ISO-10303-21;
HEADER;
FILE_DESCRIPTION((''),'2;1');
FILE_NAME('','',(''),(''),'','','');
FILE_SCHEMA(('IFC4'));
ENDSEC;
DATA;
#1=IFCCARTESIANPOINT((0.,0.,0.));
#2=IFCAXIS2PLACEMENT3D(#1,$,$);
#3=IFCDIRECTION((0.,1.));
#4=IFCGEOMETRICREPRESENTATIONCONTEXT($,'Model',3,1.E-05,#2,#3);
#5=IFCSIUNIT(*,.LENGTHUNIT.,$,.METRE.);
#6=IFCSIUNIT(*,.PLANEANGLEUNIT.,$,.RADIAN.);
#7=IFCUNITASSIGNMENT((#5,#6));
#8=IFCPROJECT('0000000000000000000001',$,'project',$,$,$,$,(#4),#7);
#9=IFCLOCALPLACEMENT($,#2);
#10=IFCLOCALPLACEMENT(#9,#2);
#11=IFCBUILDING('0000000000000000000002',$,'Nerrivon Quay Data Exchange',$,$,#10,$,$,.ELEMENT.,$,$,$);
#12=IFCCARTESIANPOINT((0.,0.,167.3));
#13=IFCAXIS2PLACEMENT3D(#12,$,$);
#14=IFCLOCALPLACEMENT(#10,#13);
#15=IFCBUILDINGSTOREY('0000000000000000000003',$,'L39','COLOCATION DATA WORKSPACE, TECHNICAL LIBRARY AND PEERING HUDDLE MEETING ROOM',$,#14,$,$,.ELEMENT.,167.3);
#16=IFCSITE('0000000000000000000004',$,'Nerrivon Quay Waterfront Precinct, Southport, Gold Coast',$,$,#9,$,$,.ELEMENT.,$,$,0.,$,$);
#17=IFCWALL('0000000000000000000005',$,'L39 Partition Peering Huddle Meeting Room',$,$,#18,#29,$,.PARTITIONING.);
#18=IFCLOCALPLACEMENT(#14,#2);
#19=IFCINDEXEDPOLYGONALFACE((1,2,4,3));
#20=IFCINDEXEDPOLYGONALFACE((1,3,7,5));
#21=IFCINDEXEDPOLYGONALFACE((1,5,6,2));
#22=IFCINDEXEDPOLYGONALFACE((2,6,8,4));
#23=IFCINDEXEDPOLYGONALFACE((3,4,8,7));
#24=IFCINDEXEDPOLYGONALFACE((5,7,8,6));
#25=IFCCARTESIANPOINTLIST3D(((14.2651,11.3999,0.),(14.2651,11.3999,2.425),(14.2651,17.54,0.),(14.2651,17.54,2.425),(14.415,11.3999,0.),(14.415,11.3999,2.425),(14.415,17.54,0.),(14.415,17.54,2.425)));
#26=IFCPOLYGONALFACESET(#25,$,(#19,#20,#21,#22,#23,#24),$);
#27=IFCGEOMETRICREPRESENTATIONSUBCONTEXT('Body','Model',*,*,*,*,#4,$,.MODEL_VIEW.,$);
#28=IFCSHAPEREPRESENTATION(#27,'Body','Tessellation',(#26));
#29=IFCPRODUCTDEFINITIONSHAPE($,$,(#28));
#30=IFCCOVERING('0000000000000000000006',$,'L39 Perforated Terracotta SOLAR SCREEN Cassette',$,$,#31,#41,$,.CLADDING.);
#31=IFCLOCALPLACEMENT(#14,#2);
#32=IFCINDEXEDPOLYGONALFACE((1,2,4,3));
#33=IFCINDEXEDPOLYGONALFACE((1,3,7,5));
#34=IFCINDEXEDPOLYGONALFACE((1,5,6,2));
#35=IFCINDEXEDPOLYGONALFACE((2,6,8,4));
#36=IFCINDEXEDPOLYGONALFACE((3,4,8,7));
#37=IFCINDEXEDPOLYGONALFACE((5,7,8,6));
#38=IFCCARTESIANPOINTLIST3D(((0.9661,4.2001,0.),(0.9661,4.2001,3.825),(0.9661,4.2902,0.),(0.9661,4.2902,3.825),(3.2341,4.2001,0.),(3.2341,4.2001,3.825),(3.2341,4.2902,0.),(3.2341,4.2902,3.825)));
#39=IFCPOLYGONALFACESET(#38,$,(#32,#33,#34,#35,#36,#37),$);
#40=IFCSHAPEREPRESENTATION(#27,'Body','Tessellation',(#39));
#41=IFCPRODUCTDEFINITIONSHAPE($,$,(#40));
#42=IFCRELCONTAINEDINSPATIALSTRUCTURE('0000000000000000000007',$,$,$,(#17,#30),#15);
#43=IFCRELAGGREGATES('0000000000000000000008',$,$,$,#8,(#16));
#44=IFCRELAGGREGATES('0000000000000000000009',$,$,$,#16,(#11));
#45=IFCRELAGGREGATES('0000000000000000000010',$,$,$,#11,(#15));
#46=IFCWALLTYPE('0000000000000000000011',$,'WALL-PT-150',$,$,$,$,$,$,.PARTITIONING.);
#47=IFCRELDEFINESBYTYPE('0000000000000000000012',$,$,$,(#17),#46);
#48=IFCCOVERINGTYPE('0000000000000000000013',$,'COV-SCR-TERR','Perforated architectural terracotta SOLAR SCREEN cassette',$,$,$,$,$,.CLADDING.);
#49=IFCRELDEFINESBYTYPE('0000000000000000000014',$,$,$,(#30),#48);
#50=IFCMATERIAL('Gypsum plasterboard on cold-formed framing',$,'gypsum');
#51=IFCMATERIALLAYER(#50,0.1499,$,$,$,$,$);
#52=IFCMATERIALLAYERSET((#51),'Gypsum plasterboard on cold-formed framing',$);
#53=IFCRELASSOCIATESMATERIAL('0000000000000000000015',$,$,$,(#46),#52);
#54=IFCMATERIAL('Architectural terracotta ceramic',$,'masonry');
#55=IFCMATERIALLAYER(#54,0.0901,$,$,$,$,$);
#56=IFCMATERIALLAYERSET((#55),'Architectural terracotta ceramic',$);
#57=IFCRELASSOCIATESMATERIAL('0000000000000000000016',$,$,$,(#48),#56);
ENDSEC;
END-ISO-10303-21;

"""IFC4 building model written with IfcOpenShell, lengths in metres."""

from ifc_helpers import new_model, si_unit, direction, frame, frame_2d, origin, origin_2d, place, context, subcontext, project, spatial, rectangle, extrude, material, layer, layer_set, type_object, element, save


model = new_model("IFC4")

# Units and contexts
model_context = context("Model", 3, precision=1e-05, world=origin(), true_north=direction((0.0, 1.0)))
body_context = subcontext(model_context, "Body", "Model", "MODEL_VIEW")
ifc_project = project(units=[si_unit("LENGTHUNIT", "METRE"), si_unit("PLANEANGLEUNIT", "RADIAN")], contexts=[model_context])

# Site, building, storey
site_placement = place(None, origin())
site = spatial("IfcSite", under=ifc_project, at=site_placement, Name="Nerrivon Quay Waterfront Precinct, Southport, Gold Coast", CompositionType="ELEMENT", RefElevation=0.0)
building_placement = place(site_placement, origin())
building = spatial("IfcBuilding", under=site, at=building_placement, Name="Nerrivon Quay Data Exchange", CompositionType="ELEMENT")
storey_placement = place(building_placement, frame((0.0, 0.0, 167.3)))
storey = spatial("IfcBuildingStorey", under=building, at=storey_placement, Name="L39", Description="COLOCATION DATA WORKSPACE, TECHNICAL LIBRARY AND PEERING HUDDLE MEETING ROOM", CompositionType="ELEMENT", Elevation=167.3)

# Shared definitions
ifc_material_1 = material(Name="Gypsum plasterboard on cold-formed framing", Category="gypsum")

# Shared definitions
ifc_layer_1 = layer(ifc_material_1, 0.1499)
ifc_layer_set_1 = layer_set([ifc_layer_1], Name="Gypsum plasterboard on cold-formed framing")
wall_type_1 = type_object("IfcWallType", Name="WALL-PT-150", PredefinedType="PARTITIONING", material=ifc_layer_set_1)

# Wall
wall_1_placement = place(storey_placement, frame((14.3401, 11.3999, 0.0), z_axis=(0.0, 0.0, 1.0), x_axis=(0.0, 1.0, 0.0)))
element("IfcWall", 1, at=wall_1_placement, inside=storey, type_object=wall_type_1, Name="L39 Partition Peering Huddle Meeting Room", PredefinedType="PARTITIONING", context=body_context, shape_type="SweptSolid", body=[
    extrude(rectangle(XDim=6.1401, YDim=0.1499, at=frame_2d((3.0701, 0.0))), origin(), (0.0, 0.0, 1.0), 2.425),
])

# Covering
ifc_material_2 = material(Name="Architectural terracotta ceramic", Category="masonry")
ifc_layer_2 = layer(ifc_material_2, 0.0901)
ifc_layer_set_2 = layer_set([ifc_layer_2], Name="Architectural terracotta ceramic")
covering_type = type_object("IfcCoveringType", Name="COV-SCR-TERR", Description="Perforated architectural terracotta SOLAR SCREEN cassette", PredefinedType="CLADDING", material=ifc_layer_set_2)
covering_placement = place(storey_placement, frame((2.1001, 4.2451, 0.0), z_axis=(0.0, 0.0, 1.0), x_axis=(-1.0, 0.0, 0.0)))
element("IfcCovering", 2, at=covering_placement, inside=storey, type_object=covering_type, Name="L39 Perforated Terracotta SOLAR SCREEN Cassette", PredefinedType="CLADDING", context=body_context, shape_type="SweptSolid", body=[
    extrude(rectangle(XDim=2.2681, YDim=0.0901, at=origin_2d()), origin(), (0.0, 0.0, 1.0), 3.825),
])

save(model, "model.ifc")
